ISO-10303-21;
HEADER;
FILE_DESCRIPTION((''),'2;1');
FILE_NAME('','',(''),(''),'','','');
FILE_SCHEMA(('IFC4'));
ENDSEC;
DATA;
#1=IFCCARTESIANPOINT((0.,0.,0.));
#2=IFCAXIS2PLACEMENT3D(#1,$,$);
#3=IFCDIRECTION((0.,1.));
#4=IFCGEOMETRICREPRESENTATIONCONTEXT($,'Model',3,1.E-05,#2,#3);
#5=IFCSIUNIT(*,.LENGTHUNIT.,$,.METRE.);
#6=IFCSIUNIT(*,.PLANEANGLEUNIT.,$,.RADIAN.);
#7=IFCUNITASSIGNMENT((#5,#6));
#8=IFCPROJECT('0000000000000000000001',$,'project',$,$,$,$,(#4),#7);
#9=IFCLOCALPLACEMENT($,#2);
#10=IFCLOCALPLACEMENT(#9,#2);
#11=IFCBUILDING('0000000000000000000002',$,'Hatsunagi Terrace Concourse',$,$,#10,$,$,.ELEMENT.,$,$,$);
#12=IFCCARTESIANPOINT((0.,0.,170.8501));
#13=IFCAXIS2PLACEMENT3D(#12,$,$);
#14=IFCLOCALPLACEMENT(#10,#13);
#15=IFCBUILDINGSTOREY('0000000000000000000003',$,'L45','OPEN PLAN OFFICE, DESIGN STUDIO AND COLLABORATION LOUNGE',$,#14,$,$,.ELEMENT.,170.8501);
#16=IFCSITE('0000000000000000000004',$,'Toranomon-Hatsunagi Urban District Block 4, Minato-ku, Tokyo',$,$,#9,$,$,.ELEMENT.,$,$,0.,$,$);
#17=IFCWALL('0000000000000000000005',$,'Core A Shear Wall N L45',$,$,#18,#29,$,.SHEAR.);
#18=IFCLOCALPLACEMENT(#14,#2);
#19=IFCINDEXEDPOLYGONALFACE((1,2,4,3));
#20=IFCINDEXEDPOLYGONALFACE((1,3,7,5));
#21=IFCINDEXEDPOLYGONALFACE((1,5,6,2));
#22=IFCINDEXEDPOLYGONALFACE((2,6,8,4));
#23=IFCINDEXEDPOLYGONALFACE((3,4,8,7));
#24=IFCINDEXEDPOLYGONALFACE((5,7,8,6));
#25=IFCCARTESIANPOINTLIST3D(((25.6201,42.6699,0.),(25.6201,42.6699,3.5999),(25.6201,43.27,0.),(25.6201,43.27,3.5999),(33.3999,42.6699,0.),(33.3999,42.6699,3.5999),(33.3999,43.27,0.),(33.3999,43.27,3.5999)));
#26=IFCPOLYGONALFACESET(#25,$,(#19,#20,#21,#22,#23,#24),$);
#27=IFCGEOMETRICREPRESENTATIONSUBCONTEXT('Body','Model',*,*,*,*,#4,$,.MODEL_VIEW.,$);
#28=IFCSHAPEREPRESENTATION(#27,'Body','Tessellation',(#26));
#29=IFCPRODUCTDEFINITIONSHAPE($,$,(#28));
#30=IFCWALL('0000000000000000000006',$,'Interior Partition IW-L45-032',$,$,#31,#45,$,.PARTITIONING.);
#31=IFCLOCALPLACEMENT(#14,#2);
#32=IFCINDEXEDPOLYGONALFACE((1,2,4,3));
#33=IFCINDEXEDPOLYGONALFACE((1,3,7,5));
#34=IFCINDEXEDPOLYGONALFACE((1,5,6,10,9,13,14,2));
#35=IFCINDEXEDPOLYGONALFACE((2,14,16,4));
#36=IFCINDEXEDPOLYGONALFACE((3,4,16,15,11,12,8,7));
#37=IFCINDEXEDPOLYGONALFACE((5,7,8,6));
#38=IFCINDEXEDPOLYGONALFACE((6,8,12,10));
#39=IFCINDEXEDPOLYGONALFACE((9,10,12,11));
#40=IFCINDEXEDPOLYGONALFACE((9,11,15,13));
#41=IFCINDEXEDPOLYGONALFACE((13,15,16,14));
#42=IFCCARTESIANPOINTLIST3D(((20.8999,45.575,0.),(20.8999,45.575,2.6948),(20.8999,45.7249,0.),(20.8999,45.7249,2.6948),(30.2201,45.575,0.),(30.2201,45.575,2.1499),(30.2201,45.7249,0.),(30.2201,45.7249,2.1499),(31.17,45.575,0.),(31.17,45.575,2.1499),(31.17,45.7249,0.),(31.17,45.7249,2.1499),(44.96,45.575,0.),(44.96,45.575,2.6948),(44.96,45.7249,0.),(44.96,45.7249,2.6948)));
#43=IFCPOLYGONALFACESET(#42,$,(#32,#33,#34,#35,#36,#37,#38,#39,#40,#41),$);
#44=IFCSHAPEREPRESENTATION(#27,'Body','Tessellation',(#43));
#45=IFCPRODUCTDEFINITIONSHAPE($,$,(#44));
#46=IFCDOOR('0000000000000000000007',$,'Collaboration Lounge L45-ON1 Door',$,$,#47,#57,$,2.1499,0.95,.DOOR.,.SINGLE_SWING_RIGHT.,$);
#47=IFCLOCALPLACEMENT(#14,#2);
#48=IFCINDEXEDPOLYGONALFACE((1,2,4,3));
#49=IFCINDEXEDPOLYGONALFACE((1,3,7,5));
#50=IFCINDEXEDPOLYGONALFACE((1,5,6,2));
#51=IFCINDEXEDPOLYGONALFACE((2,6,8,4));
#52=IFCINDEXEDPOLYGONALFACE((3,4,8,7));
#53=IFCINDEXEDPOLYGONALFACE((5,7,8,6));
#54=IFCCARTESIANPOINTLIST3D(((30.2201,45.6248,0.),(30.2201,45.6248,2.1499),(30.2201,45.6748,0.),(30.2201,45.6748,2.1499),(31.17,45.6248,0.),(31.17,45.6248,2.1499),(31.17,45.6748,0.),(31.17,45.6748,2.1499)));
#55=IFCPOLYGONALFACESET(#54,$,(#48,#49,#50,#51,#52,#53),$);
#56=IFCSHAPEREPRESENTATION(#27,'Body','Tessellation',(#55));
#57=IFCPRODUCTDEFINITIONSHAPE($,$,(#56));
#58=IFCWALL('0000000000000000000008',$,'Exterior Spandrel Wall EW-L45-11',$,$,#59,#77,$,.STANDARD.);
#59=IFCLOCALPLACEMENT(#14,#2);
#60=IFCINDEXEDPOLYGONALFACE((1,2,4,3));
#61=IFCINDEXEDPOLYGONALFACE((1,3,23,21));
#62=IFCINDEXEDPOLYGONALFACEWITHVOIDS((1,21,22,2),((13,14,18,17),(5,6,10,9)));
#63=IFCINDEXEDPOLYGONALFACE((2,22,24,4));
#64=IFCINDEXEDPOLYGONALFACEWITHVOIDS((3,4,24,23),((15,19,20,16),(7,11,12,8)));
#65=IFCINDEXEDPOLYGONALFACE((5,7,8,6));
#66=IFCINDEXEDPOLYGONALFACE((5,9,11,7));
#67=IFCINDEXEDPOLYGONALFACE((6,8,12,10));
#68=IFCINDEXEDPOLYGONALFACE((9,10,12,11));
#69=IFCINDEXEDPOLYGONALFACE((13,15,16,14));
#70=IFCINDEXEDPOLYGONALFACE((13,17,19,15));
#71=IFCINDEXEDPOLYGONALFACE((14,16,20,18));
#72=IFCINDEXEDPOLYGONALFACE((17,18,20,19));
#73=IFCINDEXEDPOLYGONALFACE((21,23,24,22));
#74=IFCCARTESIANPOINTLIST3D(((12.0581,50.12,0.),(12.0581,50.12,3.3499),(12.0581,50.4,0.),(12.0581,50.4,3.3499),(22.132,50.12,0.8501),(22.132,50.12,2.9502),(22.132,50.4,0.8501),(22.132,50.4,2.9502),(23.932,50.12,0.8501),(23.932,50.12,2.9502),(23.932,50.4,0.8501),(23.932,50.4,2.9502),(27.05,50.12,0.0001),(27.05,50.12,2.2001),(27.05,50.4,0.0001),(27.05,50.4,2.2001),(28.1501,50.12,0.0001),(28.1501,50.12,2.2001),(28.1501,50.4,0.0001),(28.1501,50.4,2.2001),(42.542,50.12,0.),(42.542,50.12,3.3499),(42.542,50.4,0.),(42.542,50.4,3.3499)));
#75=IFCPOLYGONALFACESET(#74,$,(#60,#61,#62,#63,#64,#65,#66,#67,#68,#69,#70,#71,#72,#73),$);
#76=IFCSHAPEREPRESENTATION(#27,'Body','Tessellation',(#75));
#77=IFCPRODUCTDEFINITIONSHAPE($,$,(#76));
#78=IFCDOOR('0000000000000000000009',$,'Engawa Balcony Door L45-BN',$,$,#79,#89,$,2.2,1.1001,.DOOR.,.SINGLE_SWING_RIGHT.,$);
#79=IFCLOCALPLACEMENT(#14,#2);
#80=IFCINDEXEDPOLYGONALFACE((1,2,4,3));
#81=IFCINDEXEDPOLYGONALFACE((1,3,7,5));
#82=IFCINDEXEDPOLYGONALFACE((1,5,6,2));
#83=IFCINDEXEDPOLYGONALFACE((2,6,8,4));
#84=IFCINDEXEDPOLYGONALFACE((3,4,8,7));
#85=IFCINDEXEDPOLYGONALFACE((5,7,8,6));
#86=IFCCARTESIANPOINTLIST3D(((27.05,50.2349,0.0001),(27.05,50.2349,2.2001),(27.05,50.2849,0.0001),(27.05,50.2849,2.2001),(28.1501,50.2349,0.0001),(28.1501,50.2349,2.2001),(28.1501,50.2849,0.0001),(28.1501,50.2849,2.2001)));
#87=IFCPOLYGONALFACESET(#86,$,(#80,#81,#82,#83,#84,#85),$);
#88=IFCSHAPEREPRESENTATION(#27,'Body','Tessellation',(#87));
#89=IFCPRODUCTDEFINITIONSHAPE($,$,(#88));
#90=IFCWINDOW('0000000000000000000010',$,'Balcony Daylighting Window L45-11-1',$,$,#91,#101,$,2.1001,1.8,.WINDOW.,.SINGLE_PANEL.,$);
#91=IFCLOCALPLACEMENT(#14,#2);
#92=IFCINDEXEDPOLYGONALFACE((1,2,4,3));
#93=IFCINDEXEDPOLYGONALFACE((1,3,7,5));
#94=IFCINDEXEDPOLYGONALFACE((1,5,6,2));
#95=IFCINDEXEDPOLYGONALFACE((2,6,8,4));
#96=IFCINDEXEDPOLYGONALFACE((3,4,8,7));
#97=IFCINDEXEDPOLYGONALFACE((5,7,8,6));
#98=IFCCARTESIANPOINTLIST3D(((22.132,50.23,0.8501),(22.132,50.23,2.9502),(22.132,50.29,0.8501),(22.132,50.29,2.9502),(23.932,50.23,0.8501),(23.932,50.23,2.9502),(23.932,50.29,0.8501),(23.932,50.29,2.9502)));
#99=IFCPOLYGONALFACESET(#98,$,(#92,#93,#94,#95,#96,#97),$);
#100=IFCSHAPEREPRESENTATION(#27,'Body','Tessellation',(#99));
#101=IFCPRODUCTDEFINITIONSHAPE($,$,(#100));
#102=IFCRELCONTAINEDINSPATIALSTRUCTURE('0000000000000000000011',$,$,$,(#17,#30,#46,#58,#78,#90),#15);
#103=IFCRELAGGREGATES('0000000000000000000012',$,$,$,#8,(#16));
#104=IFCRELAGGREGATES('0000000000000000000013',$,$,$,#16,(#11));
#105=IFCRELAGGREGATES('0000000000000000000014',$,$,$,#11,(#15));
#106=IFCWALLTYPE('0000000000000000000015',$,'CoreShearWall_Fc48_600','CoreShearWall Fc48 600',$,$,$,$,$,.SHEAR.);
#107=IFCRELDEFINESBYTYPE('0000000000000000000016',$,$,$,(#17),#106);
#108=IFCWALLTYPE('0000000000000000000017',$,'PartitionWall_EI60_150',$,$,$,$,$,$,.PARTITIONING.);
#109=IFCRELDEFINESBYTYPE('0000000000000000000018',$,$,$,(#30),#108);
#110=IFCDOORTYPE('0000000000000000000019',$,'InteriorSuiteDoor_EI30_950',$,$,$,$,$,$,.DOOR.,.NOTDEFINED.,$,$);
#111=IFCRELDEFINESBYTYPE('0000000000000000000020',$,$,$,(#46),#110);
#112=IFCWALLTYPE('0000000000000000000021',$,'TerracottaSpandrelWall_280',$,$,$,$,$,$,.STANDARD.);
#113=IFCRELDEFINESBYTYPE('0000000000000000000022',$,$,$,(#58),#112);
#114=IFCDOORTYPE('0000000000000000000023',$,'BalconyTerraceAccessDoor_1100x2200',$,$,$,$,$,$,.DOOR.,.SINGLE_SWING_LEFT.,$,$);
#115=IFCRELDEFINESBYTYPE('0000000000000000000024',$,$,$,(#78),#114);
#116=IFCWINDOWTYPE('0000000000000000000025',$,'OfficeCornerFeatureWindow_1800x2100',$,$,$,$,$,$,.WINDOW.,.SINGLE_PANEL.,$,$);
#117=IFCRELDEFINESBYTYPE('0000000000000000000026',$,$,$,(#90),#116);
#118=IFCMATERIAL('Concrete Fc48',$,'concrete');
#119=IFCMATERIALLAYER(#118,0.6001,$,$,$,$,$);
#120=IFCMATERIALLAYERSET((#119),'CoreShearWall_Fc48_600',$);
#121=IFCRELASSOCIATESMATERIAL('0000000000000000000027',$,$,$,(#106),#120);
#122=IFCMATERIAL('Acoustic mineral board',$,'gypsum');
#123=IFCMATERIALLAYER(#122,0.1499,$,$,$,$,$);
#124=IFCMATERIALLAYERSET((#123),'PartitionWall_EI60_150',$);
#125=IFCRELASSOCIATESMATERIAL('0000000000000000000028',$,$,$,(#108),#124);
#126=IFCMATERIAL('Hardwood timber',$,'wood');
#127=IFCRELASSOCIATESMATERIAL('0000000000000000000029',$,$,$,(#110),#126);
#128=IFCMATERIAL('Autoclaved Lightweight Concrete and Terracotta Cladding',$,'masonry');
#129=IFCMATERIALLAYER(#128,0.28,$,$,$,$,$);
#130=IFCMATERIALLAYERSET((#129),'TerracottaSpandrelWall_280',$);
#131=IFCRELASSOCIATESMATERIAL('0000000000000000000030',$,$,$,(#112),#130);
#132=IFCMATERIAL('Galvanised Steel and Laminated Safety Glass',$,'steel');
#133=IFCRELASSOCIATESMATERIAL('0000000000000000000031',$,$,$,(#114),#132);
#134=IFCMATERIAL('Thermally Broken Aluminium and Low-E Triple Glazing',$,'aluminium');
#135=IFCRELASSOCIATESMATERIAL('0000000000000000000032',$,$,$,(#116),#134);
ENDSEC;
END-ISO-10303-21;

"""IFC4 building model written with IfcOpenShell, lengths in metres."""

from ifc_helpers import new_model, si_unit, direction, frame, frame_2d, origin, place, context, subcontext, project, spatial, rectangle, extrude, material, layer, layer_set, type_object, element, fill, save


model = new_model("IFC4")

# Units and contexts
model_context = context("Model", 3, precision=1e-05, world=origin(), true_north=direction((0.0, 1.0)))
body_context = subcontext(model_context, "Body", "Model", "MODEL_VIEW")
ifc_project = project(units=[si_unit("LENGTHUNIT", "METRE"), si_unit("PLANEANGLEUNIT", "RADIAN")], contexts=[model_context])

# Site, building, storey
site_placement = place(None, origin())
site = spatial("IfcSite", under=ifc_project, at=site_placement, Name="Toranomon-Hatsunagi Urban District Block 4, Minato-ku, Tokyo", CompositionType="ELEMENT", RefElevation=0.0)
building_placement = place(site_placement, origin())
building = spatial("IfcBuilding", under=site, at=building_placement, Name="Hatsunagi Terrace Concourse", CompositionType="ELEMENT")
storey_placement = place(building_placement, frame((0.0, 0.0, 170.8501)))
storey = spatial("IfcBuildingStorey", under=building, at=storey_placement, Name="L45", Description="OPEN PLAN OFFICE, DESIGN STUDIO AND COLLABORATION LOUNGE", CompositionType="ELEMENT", Elevation=170.8501)

# Wall
ifc_material_1 = material(Name="Concrete Fc48", Category="concrete")
ifc_layer_1 = layer(ifc_material_1, 0.6001)
ifc_layer_set_1 = layer_set([ifc_layer_1], Name="CoreShearWall_Fc48_600")
wall_type_1 = type_object("IfcWallType", Name="CoreShearWall_Fc48_600", Description="CoreShearWall Fc48 600", PredefinedType="SHEAR", material=ifc_layer_set_1)
wall_1_placement = place(storey_placement, frame((25.6201, 42.97, 0.0), z_axis=(0.0, 0.0, 1.0), x_axis=(1.0, 0.0, 0.0)))
element("IfcWall", 1, at=wall_1_placement, inside=storey, type_object=wall_type_1, Name="Core A Shear Wall N L45", PredefinedType="SHEAR", context=body_context, shape_type="SweptSolid", body=[
    extrude(rectangle(XDim=7.7798, YDim=0.6001, at=frame_2d((3.8899, 0.0))), origin(), (0.0, 0.0, 1.0), 3.5999),
])

# Wall, opening, door
ifc_material_2 = material(Name="Acoustic mineral board", Category="gypsum")
ifc_layer_2 = layer(ifc_material_2, 0.1499)
ifc_layer_set_2 = layer_set([ifc_layer_2], Name="PartitionWall_EI60_150")
wall_type_2 = type_object("IfcWallType", Name="PartitionWall_EI60_150", PredefinedType="PARTITIONING", material=ifc_layer_set_2)
wall_2_placement = place(storey_placement, frame((20.8999, 45.6499, 0.0), z_axis=(0.0, 0.0, 1.0), x_axis=(1.0, 0.0, 0.0)))
wall_2 = element("IfcWall", 2, at=wall_2_placement, inside=storey, type_object=wall_type_2, Name="Interior Partition IW-L45-032", PredefinedType="PARTITIONING", context=body_context, shape_type="SweptSolid", body=[
    extrude(rectangle(XDim=24.0601, YDim=0.1499, at=frame_2d((12.03, 0.0))), origin(), (0.0, 0.0, 1.0), 2.6948),
])
opening_1_placement = place(wall_2_placement, frame((9.3201, 0.0, 0.0)))
opening_1 = element("IfcOpeningElement", 3, at=opening_1_placement, cuts=wall_2, PredefinedType="OPENING", context=body_context, shape_type="SweptSolid", body=[
    extrude(rectangle(XDim=0.95, YDim=2.1499, at=frame_2d((0.4751, 1.075))), frame((0.0, 0.085, 0.0), z_axis=(0.0, -1.0, 0.0), x_axis=(1.0, 0.0, 0.0)), (0.0, 0.0, 1.0), 0.1699),
])
ifc_material_3 = material(Name="Hardwood timber", Category="wood")
door_type_1 = type_object("IfcDoorType", Name="InteriorSuiteDoor_EI30_950", OperationType="NOTDEFINED", PredefinedType="DOOR", material=ifc_material_3)
door_1_placement = place(opening_1_placement, origin())
door_1 = element("IfcDoor", 4, at=door_1_placement, inside=storey, type_object=door_type_1, Name="Collaboration Lounge L45-ON1 Door", OperationType="SINGLE_SWING_RIGHT", OverallHeight=2.1499, OverallWidth=0.95, PredefinedType="DOOR", context=body_context, shape_type="SweptSolid", body=[
    extrude(rectangle(XDim=0.95, YDim=2.1499, at=frame_2d((0.4751, 1.075))), frame((0.0, 0.0249, 0.0), z_axis=(0.0, -1.0, 0.0), x_axis=(1.0, 0.0, 0.0)), (0.0, 0.0, 1.0), 0.05),
])
fill(opening_1, door_1)

# Wall, openings, door, window
ifc_material_4 = material(Name="Autoclaved Lightweight Concrete and Terracotta Cladding", Category="masonry")
ifc_layer_3 = layer(ifc_material_4, 0.28)
ifc_layer_set_3 = layer_set([ifc_layer_3], Name="TerracottaSpandrelWall_280")
wall_type_3 = type_object("IfcWallType", Name="TerracottaSpandrelWall_280", PredefinedType="STANDARD", material=ifc_layer_set_3)
wall_3_placement = place(storey_placement, frame((12.0581, 50.26, 0.0), z_axis=(0.0, 0.0, 1.0), x_axis=(1.0, 0.0, 0.0)))
wall_3 = element("IfcWall", 5, at=wall_3_placement, inside=storey, type_object=wall_type_3, Name="Exterior Spandrel Wall EW-L45-11", PredefinedType="STANDARD", context=body_context, shape_type="SweptSolid", body=[
    extrude(rectangle(XDim=30.4839, YDim=0.28, at=frame_2d((15.2419, 0.0))), origin(), (0.0, 0.0, 1.0), 3.3499),
])
opening_2_placement = place(wall_3_placement, frame((14.9919, 0.0, 0.0)))
opening_2 = element("IfcOpeningElement", 6, at=opening_2_placement, cuts=wall_3, PredefinedType="OPENING", context=body_context, shape_type="SweptSolid", body=[
    extrude(rectangle(XDim=1.1001, YDim=2.2, at=frame_2d((0.55, 1.1001))), frame((0.0, 0.1499, 0.0), z_axis=(0.0, -1.0, 0.0), x_axis=(1.0, 0.0, 0.0)), (0.0, 0.0, 1.0), 0.3),
])
opening_3_placement = place(wall_3_placement, frame((10.074, 0.0, 0.8501)))
opening_3 = element("IfcOpeningElement", 7, at=opening_3_placement, cuts=wall_3, PredefinedType="OPENING", context=body_context, shape_type="SweptSolid", body=[
    extrude(rectangle(XDim=1.8, YDim=2.1001, at=frame_2d((0.8999, 1.05))), frame((0.0, 0.1499, 0.0), z_axis=(0.0, -1.0, 0.0), x_axis=(1.0, 0.0, 0.0)), (0.0, 0.0, 1.0), 0.3),
])
ifc_material_5 = material(Name="Galvanised Steel and Laminated Safety Glass", Category="steel")
door_type_2 = type_object("IfcDoorType", Name="BalconyTerraceAccessDoor_1100x2200", OperationType="SINGLE_SWING_LEFT", PredefinedType="DOOR", material=ifc_material_5)
door_2_placement = place(opening_2_placement, origin())
door_2 = element("IfcDoor", 8, at=door_2_placement, inside=storey, type_object=door_type_2, Name="Engawa Balcony Door L45-BN", OperationType="SINGLE_SWING_RIGHT", OverallHeight=2.2, OverallWidth=1.1001, PredefinedType="DOOR", context=body_context, shape_type="SweptSolid", body=[
    extrude(rectangle(XDim=1.1001, YDim=2.2, at=frame_2d((0.55, 1.1001))), frame((0.0, 0.0249, 0.0), z_axis=(0.0, -1.0, 0.0), x_axis=(1.0, 0.0, 0.0)), (0.0, 0.0, 1.0), 0.05),
])
fill(opening_2, door_2)
ifc_material_6 = material(Name="Thermally Broken Aluminium and Low-E Triple Glazing", Category="aluminium")
window_type = type_object("IfcWindowType", Name="OfficeCornerFeatureWindow_1800x2100", PartitioningType="SINGLE_PANEL", PredefinedType="WINDOW", material=ifc_material_6)
window_placement = place(opening_3_placement, origin())
window = element("IfcWindow", 9, at=window_placement, inside=storey, type_object=window_type, Name="Balcony Daylighting Window L45-11-1", OverallHeight=2.1001, OverallWidth=1.8, PartitioningType="SINGLE_PANEL", PredefinedType="WINDOW", context=body_context, shape_type="SweptSolid", body=[
    extrude(rectangle(XDim=1.8, YDim=2.1001, at=frame_2d((0.8999, 1.05))), frame((0.0, 0.03, 0.0), z_axis=(0.0, -1.0, 0.0), x_axis=(1.0, 0.0, 0.0)), (0.0, 0.0, 1.0), 0.0601),
])
fill(opening_3, window)

save(model, "model.ifc")
